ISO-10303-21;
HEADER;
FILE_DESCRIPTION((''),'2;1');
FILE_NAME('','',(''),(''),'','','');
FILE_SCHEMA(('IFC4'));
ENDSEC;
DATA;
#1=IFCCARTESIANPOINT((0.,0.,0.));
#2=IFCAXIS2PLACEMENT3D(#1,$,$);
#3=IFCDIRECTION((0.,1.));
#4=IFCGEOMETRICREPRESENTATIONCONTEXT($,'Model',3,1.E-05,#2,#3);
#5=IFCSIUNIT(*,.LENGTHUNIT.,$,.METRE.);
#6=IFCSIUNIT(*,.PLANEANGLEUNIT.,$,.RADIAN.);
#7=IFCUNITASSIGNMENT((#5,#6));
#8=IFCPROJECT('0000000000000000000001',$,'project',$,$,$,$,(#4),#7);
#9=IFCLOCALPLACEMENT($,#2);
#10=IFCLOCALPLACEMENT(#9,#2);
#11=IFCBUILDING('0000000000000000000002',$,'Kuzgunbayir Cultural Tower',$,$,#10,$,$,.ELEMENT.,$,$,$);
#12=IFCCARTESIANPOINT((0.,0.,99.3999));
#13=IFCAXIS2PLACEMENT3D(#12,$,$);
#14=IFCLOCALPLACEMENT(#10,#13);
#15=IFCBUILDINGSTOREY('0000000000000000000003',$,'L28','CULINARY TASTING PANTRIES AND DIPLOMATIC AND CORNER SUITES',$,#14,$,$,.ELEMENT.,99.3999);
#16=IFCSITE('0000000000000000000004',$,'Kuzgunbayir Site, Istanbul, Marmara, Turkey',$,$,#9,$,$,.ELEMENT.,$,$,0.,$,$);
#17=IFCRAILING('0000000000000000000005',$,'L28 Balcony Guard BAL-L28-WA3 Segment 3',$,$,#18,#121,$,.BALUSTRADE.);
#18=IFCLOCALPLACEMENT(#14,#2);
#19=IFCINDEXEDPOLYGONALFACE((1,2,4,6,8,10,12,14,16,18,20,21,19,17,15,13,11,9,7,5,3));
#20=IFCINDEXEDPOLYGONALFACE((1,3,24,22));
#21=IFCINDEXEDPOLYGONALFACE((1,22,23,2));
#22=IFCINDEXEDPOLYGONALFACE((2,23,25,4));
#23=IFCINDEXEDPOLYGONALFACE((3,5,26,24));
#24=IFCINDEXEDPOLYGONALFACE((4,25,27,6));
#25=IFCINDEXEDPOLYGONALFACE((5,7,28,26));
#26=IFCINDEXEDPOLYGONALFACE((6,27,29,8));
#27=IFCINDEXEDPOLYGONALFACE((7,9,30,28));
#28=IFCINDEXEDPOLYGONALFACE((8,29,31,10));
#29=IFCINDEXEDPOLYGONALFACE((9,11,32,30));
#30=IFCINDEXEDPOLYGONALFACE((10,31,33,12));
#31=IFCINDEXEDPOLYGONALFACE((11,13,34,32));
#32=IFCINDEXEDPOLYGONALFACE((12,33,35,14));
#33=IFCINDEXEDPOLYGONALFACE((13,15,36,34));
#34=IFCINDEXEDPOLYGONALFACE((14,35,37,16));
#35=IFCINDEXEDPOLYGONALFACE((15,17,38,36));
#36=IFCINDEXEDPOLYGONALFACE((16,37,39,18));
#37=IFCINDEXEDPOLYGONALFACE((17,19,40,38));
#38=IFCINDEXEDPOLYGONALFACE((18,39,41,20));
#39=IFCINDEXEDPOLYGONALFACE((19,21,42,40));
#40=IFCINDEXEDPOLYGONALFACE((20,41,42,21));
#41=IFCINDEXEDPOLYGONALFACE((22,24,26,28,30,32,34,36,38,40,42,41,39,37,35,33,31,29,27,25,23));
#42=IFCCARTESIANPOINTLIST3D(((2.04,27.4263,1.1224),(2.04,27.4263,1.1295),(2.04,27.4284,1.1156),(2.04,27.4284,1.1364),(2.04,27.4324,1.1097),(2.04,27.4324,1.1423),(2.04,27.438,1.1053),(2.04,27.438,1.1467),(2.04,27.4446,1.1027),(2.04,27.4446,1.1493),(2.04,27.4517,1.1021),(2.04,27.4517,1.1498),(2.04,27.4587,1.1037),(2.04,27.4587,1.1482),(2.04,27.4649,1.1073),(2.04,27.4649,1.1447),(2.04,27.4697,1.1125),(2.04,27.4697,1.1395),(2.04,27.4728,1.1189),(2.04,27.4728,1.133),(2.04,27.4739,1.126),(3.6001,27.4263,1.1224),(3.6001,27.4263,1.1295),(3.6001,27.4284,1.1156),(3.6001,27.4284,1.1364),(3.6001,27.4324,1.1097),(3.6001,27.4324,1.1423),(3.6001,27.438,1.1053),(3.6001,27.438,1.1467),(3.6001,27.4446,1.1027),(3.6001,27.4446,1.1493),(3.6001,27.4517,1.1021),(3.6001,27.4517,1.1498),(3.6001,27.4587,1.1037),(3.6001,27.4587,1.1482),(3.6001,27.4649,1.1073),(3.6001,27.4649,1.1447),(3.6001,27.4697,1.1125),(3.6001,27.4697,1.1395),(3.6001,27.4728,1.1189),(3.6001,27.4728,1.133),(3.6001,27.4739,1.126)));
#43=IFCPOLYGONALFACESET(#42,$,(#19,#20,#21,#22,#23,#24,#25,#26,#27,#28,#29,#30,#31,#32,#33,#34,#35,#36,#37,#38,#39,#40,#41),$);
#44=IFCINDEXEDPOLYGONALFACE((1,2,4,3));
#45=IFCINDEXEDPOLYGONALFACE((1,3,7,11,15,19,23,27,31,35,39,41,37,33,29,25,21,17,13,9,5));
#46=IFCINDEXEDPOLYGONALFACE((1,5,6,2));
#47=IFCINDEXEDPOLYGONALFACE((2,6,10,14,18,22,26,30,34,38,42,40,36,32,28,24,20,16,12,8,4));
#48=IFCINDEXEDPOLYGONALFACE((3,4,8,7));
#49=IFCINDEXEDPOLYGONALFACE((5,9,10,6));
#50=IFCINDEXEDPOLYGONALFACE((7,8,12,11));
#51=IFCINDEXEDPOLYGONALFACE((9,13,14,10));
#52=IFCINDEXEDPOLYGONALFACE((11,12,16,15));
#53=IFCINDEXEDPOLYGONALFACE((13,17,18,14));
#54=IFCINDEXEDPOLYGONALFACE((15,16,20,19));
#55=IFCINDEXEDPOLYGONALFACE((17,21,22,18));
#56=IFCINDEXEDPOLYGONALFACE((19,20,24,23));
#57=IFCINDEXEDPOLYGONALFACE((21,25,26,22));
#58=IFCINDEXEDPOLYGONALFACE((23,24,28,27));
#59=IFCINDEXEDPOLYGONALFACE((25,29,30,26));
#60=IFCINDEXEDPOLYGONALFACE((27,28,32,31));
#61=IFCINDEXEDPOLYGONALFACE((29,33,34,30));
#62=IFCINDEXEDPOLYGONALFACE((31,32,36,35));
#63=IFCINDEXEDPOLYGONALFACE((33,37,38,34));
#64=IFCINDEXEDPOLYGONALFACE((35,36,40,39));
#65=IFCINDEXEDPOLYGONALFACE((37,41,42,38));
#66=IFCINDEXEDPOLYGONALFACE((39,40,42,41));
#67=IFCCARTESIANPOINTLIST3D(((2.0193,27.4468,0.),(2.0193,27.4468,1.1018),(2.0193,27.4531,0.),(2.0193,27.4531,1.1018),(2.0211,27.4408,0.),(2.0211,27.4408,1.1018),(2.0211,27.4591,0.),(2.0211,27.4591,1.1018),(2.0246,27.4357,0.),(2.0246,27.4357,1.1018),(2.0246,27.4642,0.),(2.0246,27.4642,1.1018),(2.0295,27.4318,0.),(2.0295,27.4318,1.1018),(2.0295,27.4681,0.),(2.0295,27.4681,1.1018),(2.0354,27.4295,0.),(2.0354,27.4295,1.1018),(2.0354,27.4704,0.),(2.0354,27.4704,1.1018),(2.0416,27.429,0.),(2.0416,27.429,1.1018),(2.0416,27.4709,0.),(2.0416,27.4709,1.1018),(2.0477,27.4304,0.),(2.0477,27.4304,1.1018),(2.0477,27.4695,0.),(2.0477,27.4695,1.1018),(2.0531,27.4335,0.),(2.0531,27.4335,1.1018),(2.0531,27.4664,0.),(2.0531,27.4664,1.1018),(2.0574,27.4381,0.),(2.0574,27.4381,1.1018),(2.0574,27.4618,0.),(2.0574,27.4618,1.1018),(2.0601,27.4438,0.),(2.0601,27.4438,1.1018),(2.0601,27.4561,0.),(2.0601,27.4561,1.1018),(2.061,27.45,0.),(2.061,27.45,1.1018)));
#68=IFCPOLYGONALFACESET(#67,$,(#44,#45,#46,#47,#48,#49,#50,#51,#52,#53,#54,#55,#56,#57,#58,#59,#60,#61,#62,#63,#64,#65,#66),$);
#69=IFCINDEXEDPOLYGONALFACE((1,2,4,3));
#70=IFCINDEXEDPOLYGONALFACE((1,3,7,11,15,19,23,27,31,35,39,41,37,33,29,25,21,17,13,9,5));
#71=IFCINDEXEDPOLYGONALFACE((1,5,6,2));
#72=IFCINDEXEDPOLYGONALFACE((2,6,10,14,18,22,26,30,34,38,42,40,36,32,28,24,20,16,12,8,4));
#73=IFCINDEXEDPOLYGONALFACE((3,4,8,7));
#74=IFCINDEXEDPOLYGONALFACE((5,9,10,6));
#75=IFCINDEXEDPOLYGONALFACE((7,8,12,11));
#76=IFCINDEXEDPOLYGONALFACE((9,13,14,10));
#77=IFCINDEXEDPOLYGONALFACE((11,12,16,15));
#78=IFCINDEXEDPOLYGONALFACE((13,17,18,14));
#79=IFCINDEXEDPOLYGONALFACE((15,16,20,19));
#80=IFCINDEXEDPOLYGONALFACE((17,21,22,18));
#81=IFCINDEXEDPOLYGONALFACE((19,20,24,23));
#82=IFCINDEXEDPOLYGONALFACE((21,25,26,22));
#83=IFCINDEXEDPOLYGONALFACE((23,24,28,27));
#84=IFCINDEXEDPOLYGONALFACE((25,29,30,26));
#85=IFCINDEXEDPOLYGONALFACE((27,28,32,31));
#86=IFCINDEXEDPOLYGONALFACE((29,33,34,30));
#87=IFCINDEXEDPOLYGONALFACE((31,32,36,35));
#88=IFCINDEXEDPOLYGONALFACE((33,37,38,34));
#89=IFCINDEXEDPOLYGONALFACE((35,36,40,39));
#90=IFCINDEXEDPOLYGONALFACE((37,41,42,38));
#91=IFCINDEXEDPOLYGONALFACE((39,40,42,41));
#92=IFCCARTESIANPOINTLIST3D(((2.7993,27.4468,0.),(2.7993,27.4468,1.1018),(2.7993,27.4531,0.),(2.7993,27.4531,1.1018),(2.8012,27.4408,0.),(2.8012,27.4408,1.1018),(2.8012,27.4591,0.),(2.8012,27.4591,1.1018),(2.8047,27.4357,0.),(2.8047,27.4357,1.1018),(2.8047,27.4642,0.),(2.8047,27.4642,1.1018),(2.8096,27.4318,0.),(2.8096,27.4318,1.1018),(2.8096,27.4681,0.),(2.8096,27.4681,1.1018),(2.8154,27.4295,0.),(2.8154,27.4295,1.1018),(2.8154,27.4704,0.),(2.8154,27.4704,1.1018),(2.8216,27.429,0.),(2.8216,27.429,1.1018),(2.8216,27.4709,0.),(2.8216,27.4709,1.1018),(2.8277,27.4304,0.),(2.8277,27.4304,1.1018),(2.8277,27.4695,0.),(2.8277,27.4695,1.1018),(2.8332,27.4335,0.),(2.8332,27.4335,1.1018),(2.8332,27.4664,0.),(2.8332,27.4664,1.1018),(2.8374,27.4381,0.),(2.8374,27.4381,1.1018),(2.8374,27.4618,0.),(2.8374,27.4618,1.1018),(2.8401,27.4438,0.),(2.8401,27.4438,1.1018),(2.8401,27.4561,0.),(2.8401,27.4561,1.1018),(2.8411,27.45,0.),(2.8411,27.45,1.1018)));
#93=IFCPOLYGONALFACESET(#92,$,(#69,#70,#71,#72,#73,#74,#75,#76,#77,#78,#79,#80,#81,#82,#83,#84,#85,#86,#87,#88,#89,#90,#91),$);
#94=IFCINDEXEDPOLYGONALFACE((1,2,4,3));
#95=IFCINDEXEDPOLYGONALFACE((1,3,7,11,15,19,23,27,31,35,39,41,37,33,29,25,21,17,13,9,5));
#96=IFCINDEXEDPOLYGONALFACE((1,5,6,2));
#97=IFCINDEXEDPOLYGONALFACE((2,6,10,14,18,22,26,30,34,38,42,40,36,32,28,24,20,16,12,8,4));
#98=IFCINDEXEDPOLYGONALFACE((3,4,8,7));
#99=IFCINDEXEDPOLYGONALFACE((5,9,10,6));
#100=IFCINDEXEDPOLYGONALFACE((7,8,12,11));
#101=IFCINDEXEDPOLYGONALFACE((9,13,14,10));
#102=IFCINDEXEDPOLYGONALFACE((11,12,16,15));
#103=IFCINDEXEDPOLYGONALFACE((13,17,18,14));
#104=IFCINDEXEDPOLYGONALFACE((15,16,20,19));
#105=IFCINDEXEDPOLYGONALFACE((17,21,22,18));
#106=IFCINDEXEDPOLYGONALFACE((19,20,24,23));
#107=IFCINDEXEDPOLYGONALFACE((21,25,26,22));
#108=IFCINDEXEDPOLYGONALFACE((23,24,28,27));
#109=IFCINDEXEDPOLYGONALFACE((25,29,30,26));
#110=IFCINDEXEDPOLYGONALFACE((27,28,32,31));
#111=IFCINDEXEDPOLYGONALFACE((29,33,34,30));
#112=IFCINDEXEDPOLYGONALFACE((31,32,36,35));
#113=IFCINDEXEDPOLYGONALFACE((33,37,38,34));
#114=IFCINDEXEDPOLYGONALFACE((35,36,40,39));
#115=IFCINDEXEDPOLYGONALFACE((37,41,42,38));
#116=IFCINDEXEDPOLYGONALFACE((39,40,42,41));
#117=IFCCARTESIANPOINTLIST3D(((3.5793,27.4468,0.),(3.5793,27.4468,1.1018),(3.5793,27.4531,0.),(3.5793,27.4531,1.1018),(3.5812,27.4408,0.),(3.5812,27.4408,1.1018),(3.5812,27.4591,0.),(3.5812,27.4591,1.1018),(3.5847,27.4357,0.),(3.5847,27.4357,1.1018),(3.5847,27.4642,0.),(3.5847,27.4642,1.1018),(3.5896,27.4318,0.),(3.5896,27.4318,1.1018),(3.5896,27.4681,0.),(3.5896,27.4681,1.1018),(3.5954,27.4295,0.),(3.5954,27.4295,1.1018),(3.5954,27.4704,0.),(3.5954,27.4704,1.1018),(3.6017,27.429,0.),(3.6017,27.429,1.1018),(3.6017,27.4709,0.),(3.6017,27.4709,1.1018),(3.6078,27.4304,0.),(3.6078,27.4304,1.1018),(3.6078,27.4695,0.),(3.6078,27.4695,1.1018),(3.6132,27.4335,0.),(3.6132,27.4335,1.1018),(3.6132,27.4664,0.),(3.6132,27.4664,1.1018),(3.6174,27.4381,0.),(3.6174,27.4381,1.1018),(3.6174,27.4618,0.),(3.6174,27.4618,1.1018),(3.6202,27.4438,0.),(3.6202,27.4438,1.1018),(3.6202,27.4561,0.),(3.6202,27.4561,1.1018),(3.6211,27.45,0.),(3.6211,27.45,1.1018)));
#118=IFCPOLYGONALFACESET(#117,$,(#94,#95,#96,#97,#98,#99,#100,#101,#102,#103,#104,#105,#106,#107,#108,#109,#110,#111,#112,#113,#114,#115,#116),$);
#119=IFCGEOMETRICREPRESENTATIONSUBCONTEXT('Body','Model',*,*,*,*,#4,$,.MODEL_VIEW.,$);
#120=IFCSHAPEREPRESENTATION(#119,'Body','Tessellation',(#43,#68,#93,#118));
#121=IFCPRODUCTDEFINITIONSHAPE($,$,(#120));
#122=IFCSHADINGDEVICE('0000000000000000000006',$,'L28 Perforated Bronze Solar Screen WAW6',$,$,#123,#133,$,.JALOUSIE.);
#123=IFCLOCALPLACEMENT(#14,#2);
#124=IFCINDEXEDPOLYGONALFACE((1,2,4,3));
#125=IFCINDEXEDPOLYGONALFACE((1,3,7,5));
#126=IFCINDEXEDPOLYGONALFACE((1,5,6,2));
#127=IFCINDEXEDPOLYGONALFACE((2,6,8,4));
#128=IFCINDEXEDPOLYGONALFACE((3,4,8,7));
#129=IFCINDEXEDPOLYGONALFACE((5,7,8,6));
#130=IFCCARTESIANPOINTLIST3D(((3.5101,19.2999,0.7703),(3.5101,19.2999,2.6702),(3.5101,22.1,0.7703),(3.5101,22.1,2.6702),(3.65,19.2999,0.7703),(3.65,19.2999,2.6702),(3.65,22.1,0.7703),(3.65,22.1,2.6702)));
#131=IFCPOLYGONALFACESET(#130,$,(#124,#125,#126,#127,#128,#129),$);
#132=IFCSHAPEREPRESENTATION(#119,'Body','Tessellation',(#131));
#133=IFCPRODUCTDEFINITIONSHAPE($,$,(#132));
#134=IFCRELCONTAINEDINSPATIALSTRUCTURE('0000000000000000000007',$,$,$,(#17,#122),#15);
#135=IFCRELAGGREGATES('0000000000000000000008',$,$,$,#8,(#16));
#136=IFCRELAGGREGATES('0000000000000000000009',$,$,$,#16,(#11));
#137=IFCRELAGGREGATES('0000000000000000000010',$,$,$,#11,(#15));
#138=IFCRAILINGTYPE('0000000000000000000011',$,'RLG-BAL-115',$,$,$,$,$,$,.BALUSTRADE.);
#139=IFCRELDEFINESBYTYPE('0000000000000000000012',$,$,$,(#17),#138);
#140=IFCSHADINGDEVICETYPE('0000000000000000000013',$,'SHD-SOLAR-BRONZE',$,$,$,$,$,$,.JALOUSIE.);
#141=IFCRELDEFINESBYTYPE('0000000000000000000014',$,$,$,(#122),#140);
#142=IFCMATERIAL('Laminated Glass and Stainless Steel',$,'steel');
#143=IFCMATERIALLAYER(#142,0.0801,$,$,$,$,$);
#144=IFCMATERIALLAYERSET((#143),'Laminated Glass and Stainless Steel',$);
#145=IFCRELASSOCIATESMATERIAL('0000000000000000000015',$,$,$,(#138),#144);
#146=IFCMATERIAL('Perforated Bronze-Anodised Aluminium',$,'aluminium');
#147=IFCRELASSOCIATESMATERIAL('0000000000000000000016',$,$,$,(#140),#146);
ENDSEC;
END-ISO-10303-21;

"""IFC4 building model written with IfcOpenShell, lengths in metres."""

from ifc_helpers import new_model, si_unit, direction, frame, origin, origin_2d, place, context, subcontext, project, spatial, rectangle, circle, extrude, material, layer, layer_set, type_object, element, save


model = new_model("IFC4")

# Units and contexts
model_context = context("Model", 3, precision=1e-05, world=origin(), true_north=direction((0.0, 1.0)))
body_context = subcontext(model_context, "Body", "Model", "MODEL_VIEW")
ifc_project = project(units=[si_unit("LENGTHUNIT", "METRE"), si_unit("PLANEANGLEUNIT", "RADIAN")], contexts=[model_context])

# Site, building, storey
site_placement = place(None, origin())
site = spatial("IfcSite", under=ifc_project, at=site_placement, Name="Kuzgunbayir Site, Istanbul, Marmara, Turkey", CompositionType="ELEMENT", RefElevation=0.0)
building_placement = place(site_placement, origin())
building = spatial("IfcBuilding", under=site, at=building_placement, Name="Kuzgunbayir Cultural Tower", CompositionType="ELEMENT")
storey_placement = place(building_placement, frame((0.0, 0.0, 99.3999)))
storey = spatial("IfcBuildingStorey", under=building, at=storey_placement, Name="L28", Description="CULINARY TASTING PANTRIES AND DIPLOMATIC AND CORNER SUITES", CompositionType="ELEMENT", Elevation=99.3999)

# Railing
ifc_material_1 = material(Name="Laminated Glass and Stainless Steel", Category="steel")
ifc_layer_1 = layer(ifc_material_1, 0.0801)
ifc_layer_set_1 = layer_set([ifc_layer_1], Name="Laminated Glass and Stainless Steel")
railing_type = type_object("IfcRailingType", Name="RLG-BAL-115", PredefinedType="BALUSTRADE", material=ifc_layer_set_1)
railing_1_placement = place(storey_placement, frame((2.04, 27.45, 0.0)))
element("IfcRailing", 1, at=railing_1_placement, inside=storey, type_object=railing_type, Name="L28 Balcony Guard BAL-L28-WA3 Segment 3", PredefinedType="BALUSTRADE", context=body_context, shape_type="SweptSolid", body=[
    extrude(circle(Radius=0.0239, at=origin_2d()), frame((0.0, 0.0, 1.126), z_axis=(1.0, 0.0, 0.0), x_axis=(0.0, 1.0, 0.0)), (0.0, 0.0, 1.0), 1.5601),
    extrude(circle(Radius=0.021, at=origin_2d()), origin(), (0.0, 0.0, 1.0), 1.1018),
    extrude(circle(Radius=0.021, at=origin_2d()), frame((0.78, 0.0, 0.0)), (0.0, 0.0, 1.0), 1.1018),
    extrude(circle(Radius=0.021, at=origin_2d()), frame((1.5601, 0.0, 0.0)), (0.0, 0.0, 1.0), 1.1018),
])

# Shading device
ifc_material_2 = material(Name="Perforated Bronze-Anodised Aluminium", Category="aluminium")
shading_device_type = type_object("IfcShadingDeviceType", Name="SHD-SOLAR-BRONZE", PredefinedType="JALOUSIE", material=ifc_material_2)
shading_device_placement = place(storey_placement, frame((3.5801, 20.7, 0.7703), z_axis=(0.0, 0.0, 1.0), x_axis=(1.0, 0.0, 0.0)))
element("IfcShadingDevice", 2, at=shading_device_placement, inside=storey, type_object=shading_device_type, Name="L28 Perforated Bronze Solar Screen WAW6", PredefinedType="JALOUSIE", context=body_context, shape_type="SweptSolid", body=[
    extrude(rectangle(XDim=0.1399, YDim=2.8, at=origin_2d()), origin(), (0.0, 0.0, 1.0), 1.8999),
])

save(model, "model.ifc")
